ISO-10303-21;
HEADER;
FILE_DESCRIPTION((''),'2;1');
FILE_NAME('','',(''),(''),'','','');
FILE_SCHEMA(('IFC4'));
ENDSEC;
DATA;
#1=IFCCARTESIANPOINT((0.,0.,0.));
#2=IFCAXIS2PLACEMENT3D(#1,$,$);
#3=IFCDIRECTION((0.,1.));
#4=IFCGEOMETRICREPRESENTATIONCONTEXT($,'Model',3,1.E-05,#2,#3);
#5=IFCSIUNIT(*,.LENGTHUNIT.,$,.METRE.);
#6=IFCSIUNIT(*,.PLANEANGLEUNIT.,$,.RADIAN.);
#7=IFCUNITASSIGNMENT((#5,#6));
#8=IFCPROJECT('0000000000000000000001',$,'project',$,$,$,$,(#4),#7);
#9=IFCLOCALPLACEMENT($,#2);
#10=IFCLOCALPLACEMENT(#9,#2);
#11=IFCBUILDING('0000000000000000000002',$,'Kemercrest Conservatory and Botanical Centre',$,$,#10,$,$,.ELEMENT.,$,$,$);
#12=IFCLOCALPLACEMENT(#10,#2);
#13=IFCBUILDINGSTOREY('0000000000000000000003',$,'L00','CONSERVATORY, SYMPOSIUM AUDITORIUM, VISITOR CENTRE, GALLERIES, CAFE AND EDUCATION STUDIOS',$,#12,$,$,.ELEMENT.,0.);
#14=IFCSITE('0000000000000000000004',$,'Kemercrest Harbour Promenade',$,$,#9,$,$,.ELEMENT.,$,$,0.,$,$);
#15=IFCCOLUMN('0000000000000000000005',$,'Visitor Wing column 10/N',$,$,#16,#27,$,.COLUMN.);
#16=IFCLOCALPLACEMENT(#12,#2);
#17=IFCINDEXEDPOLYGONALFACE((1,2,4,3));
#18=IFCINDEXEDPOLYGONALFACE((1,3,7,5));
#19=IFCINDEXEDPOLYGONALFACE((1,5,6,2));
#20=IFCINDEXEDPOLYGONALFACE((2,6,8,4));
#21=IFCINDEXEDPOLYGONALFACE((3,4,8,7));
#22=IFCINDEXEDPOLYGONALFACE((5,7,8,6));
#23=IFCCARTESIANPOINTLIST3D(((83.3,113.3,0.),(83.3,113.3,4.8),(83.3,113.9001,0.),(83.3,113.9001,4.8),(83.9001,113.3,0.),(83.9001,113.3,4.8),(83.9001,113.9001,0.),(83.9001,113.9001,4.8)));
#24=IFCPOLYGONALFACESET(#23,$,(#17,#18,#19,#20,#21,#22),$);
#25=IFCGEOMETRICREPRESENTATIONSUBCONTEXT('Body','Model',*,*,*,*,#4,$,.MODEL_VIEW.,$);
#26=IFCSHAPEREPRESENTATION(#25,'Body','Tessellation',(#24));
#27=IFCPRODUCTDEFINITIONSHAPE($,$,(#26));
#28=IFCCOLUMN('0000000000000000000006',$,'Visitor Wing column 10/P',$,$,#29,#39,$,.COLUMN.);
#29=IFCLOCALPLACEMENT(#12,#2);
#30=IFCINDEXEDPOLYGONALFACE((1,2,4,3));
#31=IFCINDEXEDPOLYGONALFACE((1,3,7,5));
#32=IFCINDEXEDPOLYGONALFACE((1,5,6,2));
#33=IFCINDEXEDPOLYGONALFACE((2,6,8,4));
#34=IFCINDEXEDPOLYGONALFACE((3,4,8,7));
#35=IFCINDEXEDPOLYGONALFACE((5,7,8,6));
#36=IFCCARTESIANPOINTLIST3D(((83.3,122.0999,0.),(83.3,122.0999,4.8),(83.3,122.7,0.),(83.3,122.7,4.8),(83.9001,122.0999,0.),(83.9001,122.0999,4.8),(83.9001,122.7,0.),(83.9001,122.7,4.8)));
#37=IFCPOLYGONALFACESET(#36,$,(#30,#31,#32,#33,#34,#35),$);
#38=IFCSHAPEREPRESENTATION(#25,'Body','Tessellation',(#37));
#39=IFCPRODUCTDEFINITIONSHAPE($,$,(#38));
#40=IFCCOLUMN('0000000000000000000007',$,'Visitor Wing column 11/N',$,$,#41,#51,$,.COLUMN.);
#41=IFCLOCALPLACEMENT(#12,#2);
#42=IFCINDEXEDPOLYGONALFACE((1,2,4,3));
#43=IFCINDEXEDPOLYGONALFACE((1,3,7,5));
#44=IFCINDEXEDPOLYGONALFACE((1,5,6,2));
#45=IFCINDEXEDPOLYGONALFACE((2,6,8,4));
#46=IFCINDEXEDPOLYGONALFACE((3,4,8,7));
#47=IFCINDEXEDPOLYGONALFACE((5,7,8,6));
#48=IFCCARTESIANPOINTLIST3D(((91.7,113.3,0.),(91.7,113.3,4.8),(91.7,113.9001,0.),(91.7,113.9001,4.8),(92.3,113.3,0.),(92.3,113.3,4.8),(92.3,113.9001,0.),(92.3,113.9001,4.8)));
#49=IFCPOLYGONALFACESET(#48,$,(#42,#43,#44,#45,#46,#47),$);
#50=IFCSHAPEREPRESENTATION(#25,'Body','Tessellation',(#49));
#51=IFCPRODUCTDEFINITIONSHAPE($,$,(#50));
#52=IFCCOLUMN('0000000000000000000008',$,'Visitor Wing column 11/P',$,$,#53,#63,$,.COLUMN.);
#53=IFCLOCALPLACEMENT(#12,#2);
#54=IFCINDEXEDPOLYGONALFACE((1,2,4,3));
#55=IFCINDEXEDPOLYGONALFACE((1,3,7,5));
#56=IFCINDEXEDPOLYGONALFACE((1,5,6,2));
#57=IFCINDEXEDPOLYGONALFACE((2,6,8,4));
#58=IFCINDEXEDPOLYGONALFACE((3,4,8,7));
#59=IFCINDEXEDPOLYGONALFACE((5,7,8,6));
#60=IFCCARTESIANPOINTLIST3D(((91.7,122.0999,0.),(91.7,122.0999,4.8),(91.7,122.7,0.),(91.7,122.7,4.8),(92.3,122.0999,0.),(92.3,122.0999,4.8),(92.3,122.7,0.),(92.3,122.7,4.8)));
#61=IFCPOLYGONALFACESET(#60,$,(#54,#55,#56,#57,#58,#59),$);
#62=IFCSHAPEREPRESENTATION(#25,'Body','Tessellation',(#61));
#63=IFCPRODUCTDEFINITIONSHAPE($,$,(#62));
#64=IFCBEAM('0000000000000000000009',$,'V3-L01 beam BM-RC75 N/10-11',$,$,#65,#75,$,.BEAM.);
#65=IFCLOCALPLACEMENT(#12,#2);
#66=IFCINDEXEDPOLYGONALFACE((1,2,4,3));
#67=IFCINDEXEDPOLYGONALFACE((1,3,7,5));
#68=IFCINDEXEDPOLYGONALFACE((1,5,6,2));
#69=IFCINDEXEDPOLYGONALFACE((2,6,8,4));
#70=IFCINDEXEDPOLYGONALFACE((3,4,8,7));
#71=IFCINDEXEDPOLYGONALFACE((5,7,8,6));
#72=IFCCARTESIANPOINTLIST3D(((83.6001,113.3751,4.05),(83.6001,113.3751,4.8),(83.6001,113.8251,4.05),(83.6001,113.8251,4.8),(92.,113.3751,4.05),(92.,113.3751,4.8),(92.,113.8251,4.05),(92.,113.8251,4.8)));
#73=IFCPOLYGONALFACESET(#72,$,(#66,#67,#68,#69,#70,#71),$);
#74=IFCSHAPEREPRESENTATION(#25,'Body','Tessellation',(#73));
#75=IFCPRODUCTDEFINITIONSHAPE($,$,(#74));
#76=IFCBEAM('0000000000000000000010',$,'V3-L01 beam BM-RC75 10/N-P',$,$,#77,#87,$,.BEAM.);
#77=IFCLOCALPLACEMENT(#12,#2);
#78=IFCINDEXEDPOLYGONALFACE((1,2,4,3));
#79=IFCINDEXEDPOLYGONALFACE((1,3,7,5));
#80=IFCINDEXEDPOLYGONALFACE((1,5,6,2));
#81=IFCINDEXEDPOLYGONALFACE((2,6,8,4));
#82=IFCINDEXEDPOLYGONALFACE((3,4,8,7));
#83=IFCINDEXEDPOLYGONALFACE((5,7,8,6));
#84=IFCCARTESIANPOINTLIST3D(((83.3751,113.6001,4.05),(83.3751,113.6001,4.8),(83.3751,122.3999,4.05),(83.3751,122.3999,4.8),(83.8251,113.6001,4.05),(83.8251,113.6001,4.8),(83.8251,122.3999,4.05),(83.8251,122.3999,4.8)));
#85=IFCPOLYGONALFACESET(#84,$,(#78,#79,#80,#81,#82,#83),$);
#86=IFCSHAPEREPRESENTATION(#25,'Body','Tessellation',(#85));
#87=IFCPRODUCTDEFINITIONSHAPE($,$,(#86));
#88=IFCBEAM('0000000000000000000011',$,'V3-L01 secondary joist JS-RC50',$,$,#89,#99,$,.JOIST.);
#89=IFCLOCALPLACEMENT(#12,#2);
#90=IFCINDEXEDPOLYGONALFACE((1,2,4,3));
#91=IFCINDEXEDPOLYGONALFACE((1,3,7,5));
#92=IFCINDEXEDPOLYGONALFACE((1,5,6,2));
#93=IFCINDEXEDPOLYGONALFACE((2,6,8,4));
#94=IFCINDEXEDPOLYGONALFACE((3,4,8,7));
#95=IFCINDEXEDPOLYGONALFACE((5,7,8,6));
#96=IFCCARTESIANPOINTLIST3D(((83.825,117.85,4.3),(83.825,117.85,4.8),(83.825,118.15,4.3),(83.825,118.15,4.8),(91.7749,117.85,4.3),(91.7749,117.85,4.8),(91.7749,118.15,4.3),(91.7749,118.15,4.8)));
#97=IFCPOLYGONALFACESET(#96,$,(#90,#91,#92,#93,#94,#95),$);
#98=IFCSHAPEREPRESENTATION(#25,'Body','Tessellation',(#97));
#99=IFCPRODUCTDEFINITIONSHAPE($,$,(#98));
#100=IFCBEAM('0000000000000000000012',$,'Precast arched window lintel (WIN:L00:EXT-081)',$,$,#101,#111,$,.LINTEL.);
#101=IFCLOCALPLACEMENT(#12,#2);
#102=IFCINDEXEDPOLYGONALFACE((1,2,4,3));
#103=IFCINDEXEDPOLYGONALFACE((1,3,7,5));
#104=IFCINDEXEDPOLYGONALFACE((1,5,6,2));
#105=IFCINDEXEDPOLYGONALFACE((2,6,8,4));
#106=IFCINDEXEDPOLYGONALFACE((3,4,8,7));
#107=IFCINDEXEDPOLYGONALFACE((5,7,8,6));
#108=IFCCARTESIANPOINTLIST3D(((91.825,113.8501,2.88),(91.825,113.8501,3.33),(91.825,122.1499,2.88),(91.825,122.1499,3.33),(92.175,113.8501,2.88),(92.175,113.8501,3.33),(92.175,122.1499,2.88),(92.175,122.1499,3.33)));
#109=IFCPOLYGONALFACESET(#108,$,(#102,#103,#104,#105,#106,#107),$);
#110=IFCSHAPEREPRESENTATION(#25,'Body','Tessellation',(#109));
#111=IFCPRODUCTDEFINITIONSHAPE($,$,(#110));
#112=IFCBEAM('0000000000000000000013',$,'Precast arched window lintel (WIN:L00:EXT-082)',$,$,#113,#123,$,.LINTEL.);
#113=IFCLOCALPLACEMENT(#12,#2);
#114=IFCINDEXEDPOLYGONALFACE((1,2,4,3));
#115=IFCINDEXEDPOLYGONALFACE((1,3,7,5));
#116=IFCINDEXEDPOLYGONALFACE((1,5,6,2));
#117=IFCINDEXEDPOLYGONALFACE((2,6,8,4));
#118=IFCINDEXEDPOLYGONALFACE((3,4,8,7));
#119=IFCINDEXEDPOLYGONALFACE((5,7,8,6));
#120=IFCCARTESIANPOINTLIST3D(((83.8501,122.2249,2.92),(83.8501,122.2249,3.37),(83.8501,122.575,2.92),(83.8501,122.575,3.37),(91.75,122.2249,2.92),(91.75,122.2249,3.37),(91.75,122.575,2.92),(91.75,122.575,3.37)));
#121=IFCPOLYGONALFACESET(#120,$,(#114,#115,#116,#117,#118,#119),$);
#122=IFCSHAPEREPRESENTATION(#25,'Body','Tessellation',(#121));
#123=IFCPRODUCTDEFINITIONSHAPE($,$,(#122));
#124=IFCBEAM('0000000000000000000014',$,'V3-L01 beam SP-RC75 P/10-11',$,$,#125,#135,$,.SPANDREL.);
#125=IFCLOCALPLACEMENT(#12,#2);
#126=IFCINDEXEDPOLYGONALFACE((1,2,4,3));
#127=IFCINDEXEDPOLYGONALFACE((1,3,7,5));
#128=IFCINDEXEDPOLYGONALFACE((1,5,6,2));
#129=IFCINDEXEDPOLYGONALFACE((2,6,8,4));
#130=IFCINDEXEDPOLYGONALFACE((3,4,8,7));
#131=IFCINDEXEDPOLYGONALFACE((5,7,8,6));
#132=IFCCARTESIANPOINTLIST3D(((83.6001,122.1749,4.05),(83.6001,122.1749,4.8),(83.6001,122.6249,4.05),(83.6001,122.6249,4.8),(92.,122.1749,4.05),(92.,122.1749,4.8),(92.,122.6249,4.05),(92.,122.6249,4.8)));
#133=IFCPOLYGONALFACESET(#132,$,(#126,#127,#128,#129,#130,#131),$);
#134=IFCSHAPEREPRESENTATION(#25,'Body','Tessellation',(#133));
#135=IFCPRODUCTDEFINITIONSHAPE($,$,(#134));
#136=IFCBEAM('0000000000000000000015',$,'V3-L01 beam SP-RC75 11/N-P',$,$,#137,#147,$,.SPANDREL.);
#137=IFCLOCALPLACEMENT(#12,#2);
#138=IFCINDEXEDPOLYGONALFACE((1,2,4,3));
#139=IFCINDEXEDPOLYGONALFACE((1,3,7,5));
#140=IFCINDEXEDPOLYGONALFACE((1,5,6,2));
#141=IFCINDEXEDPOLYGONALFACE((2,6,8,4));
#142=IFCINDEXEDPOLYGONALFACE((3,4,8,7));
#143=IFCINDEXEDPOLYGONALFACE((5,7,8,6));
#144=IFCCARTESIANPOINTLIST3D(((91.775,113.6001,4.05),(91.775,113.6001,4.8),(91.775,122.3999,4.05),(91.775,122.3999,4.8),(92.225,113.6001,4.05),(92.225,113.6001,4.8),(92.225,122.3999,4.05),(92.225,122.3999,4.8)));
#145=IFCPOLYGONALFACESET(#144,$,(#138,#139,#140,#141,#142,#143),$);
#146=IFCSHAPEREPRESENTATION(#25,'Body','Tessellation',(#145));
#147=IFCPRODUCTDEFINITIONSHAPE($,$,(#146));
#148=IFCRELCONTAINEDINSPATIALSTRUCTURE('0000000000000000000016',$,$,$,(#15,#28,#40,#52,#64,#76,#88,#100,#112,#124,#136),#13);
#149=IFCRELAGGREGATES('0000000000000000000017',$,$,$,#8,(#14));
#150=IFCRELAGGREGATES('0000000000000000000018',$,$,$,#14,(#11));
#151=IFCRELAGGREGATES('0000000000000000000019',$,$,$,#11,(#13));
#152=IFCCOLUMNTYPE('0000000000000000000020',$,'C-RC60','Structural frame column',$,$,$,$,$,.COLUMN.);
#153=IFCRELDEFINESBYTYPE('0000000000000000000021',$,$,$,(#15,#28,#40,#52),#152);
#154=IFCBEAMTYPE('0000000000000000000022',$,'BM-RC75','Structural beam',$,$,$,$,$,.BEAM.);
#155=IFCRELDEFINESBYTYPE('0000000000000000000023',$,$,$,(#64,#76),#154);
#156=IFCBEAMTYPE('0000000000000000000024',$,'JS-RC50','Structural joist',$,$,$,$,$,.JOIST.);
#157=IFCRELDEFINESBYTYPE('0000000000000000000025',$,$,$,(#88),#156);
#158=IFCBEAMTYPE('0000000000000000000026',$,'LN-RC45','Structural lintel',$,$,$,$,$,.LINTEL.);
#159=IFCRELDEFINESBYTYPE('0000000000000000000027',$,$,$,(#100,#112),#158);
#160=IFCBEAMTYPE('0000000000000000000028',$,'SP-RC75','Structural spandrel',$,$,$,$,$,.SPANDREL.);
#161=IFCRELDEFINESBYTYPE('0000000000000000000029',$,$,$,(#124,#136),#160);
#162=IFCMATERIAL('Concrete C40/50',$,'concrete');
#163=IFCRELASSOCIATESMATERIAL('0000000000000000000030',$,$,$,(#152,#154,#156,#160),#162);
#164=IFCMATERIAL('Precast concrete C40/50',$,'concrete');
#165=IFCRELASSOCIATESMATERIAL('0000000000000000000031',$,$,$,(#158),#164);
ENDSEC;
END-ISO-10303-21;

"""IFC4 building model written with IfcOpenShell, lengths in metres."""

from ifc_helpers import new_model, si_unit, direction, frame, origin, origin_2d, place, context, subcontext, project, spatial, rectangle, extrude, material, material_profile, profile_set, type_object, element, save


model = new_model("IFC4")

# Units and contexts
model_context = context("Model", 3, precision=1e-05, world=origin(), true_north=direction((0.0, 1.0)))
body_context = subcontext(model_context, "Body", "Model", "MODEL_VIEW")
ifc_project = project(units=[si_unit("LENGTHUNIT", "METRE"), si_unit("PLANEANGLEUNIT", "RADIAN")], contexts=[model_context])

# Site, building, storey
site_placement = place(None, origin())
site = spatial("IfcSite", under=ifc_project, at=site_placement, Name="Kemercrest Harbour Promenade", CompositionType="ELEMENT", RefElevation=0.0)
building_placement = place(site_placement, origin())
building = spatial("IfcBuilding", under=site, at=building_placement, Name="Kemercrest Conservatory and Botanical Centre", CompositionType="ELEMENT")
storey_placement = place(building_placement, origin())
storey = spatial("IfcBuildingStorey", under=building, at=storey_placement, Name="L00", Description="CONSERVATORY, SYMPOSIUM AUDITORIUM, VISITOR CENTRE, GALLERIES, CAFE AND EDUCATION STUDIOS", CompositionType="ELEMENT", Elevation=0.0)

# Columns
ifc_material_1 = material(Name="Concrete C40/50", Category="concrete")
ifc_material_profile_1 = material_profile(ifc_material_1, rectangle(XDim=0.6001, YDim=0.6001, at=origin_2d()), Name="RC 600x600")
ifc_profile_set_1 = profile_set([ifc_material_profile_1], Name="Concrete C40/50")
column_type = type_object("IfcColumnType", Name="C-RC60", Description="Structural frame column", PredefinedType="COLUMN", material=ifc_profile_set_1)
for number, where, z_axis, x_axis, name in (
    (1, (83.6001, 113.6001, 0.0), (0.0, 0.0, 1.0), (1.0, 0.0, 0.0), "Visitor Wing column 10/N"),
    (2, (83.6001, 122.3999, 0.0), (0.0, 0.0, 1.0), (1.0, 0.0, 0.0), "Visitor Wing column 10/P"),
    (3, (92.0, 113.6001, 0.0), (0.0, 0.0, 1.0), (1.0, 0.0, 0.0), "Visitor Wing column 11/N"),
    (4, (92.0, 122.3999, 0.0), (0.0, 0.0, 1.0), (1.0, 0.0, 0.0), "Visitor Wing column 11/P"),
):
    element("IfcColumn", number, at=place(storey_placement, frame(where, z_axis=z_axis, x_axis=x_axis)), inside=storey, type_object=column_type, Name=name, PredefinedType="COLUMN", context=body_context, shape_type="SweptSolid", body=[
        extrude(rectangle(XDim=0.6001, YDim=0.6001, at=origin_2d()), origin(), (0.0, 0.0, 1.0), 4.8),
    ])

# Beams
ifc_material_profile_2 = material_profile(ifc_material_1, rectangle(XDim=0.45, YDim=0.75, at=origin_2d()), Name="RC 450x750")
ifc_profile_set_2 = profile_set([ifc_material_profile_2], Name="Concrete C40/50")
beam_type_1 = type_object("IfcBeamType", Name="BM-RC75", Description="Structural beam", PredefinedType="BEAM", material=ifc_profile_set_2)
beam_1_placement = place(storey_placement, frame((83.6001, 113.6001, 4.425), z_axis=(1.0, 0.0, 0.0), x_axis=(0.0, 1.0, 0.0)))
element("IfcBeam", 5, at=beam_1_placement, inside=storey, type_object=beam_type_1, Name="V3-L01 beam BM-RC75 N/10-11", PredefinedType="BEAM", context=body_context, shape_type="SweptSolid", body=[
    extrude(rectangle(XDim=0.45, YDim=0.75, at=origin_2d()), origin(), (0.0, 0.0, 1.0), 8.3999),
])
beam_2_placement = place(storey_placement, frame((83.6001, 113.6001, 4.425), z_axis=(0.0, 1.0, 0.0), x_axis=(-1.0, 0.0, 0.0)))
element("IfcBeam", 6, at=beam_2_placement, inside=storey, type_object=beam_type_1, Name="V3-L01 beam BM-RC75 10/N-P", PredefinedType="BEAM", context=body_context, shape_type="SweptSolid", body=[
    extrude(rectangle(XDim=0.45, YDim=0.75, at=origin_2d()), origin(), (0.0, 0.0, 1.0), 8.7998),
])
ifc_material_profile_3 = material_profile(ifc_material_1, rectangle(XDim=0.3, YDim=0.5, at=origin_2d()), Name="RC 300x500")
ifc_profile_set_3 = profile_set([ifc_material_profile_3], Name="Concrete C40/50")
beam_type_2 = type_object("IfcBeamType", Name="JS-RC50", Description="Structural joist", PredefinedType="JOIST", material=ifc_profile_set_3)
beam_3_placement = place(storey_placement, frame((83.825, 118.0, 4.55), z_axis=(1.0, 0.0, 0.0), x_axis=(0.0, 1.0, 0.0)))
element("IfcBeam", 7, at=beam_3_placement, inside=storey, type_object=beam_type_2, Name="V3-L01 secondary joist JS-RC50", PredefinedType="JOIST", context=body_context, shape_type="SweptSolid", body=[
    extrude(rectangle(XDim=0.3, YDim=0.5, at=origin_2d()), origin(), (0.0, 0.0, 1.0), 7.95),
])
ifc_material_2 = material(Name="Precast concrete C40/50", Category="concrete")
ifc_material_profile_4 = material_profile(ifc_material_2, rectangle(XDim=0.3501, YDim=0.45, at=origin_2d()), Name="RC 350x450")
ifc_profile_set_4 = profile_set([ifc_material_profile_4], Name="Precast concrete C40/50")
beam_type_3 = type_object("IfcBeamType", Name="LN-RC45", Description="Structural lintel", PredefinedType="LINTEL", material=ifc_profile_set_4)
beam_4_placement = place(storey_placement, frame((92.0, 113.8501, 3.105), z_axis=(0.0, 1.0, 0.0), x_axis=(-1.0, 0.0, 0.0)))
element("IfcBeam", 8, at=beam_4_placement, inside=storey, type_object=beam_type_3, Name="Precast arched window lintel (WIN:L00:EXT-081)", PredefinedType="LINTEL", context=body_context, shape_type="SweptSolid", body=[
    extrude(rectangle(XDim=0.3501, YDim=0.45, at=origin_2d()), origin(), (0.0, 0.0, 1.0), 8.2998),
])
beam_5_placement = place(storey_placement, frame((91.75, 122.3999, 3.145), z_axis=(-1.0, 0.0, 0.0), x_axis=(0.0, -1.0, 0.0)))
element("IfcBeam", 9, at=beam_5_placement, inside=storey, type_object=beam_type_3, Name="Precast arched window lintel (WIN:L00:EXT-082)", PredefinedType="LINTEL", context=body_context, shape_type="SweptSolid", body=[
    extrude(rectangle(XDim=0.3501, YDim=0.45, at=origin_2d()), origin(), (0.0, 0.0, 1.0), 7.8999),
])
ifc_material_profile_5 = material_profile(ifc_material_1, rectangle(XDim=0.45, YDim=0.75, at=origin_2d()), Name="RC 450x750")
ifc_profile_set_5 = profile_set([ifc_material_profile_5], Name="Concrete C40/50")
beam_type_4 = type_object("IfcBeamType", Name="SP-RC75", Description="Structural spandrel", PredefinedType="SPANDREL", material=ifc_profile_set_5)
beam_6_placement = place(storey_placement, frame((83.6001, 122.3999, 4.425), z_axis=(1.0, 0.0, 0.0), x_axis=(0.0, 1.0, 0.0)))
element("IfcBeam", 10, at=beam_6_placement, inside=storey, type_object=beam_type_4, Name="V3-L01 beam SP-RC75 P/10-11", PredefinedType="SPANDREL", context=body_context, shape_type="SweptSolid", body=[
    extrude(rectangle(XDim=0.45, YDim=0.75, at=origin_2d()), origin(), (0.0, 0.0, 1.0), 8.3999),
])
beam_7_placement = place(storey_placement, frame((92.0, 113.6001, 4.425), z_axis=(0.0, 1.0, 0.0), x_axis=(-1.0, 0.0, 0.0)))
element("IfcBeam", 11, at=beam_7_placement, inside=storey, type_object=beam_type_4, Name="V3-L01 beam SP-RC75 11/N-P", PredefinedType="SPANDREL", context=body_context, shape_type="SweptSolid", body=[
    extrude(rectangle(XDim=0.45, YDim=0.75, at=origin_2d()), origin(), (0.0, 0.0, 1.0), 8.7998),
])

save(model, "model.ifc")
